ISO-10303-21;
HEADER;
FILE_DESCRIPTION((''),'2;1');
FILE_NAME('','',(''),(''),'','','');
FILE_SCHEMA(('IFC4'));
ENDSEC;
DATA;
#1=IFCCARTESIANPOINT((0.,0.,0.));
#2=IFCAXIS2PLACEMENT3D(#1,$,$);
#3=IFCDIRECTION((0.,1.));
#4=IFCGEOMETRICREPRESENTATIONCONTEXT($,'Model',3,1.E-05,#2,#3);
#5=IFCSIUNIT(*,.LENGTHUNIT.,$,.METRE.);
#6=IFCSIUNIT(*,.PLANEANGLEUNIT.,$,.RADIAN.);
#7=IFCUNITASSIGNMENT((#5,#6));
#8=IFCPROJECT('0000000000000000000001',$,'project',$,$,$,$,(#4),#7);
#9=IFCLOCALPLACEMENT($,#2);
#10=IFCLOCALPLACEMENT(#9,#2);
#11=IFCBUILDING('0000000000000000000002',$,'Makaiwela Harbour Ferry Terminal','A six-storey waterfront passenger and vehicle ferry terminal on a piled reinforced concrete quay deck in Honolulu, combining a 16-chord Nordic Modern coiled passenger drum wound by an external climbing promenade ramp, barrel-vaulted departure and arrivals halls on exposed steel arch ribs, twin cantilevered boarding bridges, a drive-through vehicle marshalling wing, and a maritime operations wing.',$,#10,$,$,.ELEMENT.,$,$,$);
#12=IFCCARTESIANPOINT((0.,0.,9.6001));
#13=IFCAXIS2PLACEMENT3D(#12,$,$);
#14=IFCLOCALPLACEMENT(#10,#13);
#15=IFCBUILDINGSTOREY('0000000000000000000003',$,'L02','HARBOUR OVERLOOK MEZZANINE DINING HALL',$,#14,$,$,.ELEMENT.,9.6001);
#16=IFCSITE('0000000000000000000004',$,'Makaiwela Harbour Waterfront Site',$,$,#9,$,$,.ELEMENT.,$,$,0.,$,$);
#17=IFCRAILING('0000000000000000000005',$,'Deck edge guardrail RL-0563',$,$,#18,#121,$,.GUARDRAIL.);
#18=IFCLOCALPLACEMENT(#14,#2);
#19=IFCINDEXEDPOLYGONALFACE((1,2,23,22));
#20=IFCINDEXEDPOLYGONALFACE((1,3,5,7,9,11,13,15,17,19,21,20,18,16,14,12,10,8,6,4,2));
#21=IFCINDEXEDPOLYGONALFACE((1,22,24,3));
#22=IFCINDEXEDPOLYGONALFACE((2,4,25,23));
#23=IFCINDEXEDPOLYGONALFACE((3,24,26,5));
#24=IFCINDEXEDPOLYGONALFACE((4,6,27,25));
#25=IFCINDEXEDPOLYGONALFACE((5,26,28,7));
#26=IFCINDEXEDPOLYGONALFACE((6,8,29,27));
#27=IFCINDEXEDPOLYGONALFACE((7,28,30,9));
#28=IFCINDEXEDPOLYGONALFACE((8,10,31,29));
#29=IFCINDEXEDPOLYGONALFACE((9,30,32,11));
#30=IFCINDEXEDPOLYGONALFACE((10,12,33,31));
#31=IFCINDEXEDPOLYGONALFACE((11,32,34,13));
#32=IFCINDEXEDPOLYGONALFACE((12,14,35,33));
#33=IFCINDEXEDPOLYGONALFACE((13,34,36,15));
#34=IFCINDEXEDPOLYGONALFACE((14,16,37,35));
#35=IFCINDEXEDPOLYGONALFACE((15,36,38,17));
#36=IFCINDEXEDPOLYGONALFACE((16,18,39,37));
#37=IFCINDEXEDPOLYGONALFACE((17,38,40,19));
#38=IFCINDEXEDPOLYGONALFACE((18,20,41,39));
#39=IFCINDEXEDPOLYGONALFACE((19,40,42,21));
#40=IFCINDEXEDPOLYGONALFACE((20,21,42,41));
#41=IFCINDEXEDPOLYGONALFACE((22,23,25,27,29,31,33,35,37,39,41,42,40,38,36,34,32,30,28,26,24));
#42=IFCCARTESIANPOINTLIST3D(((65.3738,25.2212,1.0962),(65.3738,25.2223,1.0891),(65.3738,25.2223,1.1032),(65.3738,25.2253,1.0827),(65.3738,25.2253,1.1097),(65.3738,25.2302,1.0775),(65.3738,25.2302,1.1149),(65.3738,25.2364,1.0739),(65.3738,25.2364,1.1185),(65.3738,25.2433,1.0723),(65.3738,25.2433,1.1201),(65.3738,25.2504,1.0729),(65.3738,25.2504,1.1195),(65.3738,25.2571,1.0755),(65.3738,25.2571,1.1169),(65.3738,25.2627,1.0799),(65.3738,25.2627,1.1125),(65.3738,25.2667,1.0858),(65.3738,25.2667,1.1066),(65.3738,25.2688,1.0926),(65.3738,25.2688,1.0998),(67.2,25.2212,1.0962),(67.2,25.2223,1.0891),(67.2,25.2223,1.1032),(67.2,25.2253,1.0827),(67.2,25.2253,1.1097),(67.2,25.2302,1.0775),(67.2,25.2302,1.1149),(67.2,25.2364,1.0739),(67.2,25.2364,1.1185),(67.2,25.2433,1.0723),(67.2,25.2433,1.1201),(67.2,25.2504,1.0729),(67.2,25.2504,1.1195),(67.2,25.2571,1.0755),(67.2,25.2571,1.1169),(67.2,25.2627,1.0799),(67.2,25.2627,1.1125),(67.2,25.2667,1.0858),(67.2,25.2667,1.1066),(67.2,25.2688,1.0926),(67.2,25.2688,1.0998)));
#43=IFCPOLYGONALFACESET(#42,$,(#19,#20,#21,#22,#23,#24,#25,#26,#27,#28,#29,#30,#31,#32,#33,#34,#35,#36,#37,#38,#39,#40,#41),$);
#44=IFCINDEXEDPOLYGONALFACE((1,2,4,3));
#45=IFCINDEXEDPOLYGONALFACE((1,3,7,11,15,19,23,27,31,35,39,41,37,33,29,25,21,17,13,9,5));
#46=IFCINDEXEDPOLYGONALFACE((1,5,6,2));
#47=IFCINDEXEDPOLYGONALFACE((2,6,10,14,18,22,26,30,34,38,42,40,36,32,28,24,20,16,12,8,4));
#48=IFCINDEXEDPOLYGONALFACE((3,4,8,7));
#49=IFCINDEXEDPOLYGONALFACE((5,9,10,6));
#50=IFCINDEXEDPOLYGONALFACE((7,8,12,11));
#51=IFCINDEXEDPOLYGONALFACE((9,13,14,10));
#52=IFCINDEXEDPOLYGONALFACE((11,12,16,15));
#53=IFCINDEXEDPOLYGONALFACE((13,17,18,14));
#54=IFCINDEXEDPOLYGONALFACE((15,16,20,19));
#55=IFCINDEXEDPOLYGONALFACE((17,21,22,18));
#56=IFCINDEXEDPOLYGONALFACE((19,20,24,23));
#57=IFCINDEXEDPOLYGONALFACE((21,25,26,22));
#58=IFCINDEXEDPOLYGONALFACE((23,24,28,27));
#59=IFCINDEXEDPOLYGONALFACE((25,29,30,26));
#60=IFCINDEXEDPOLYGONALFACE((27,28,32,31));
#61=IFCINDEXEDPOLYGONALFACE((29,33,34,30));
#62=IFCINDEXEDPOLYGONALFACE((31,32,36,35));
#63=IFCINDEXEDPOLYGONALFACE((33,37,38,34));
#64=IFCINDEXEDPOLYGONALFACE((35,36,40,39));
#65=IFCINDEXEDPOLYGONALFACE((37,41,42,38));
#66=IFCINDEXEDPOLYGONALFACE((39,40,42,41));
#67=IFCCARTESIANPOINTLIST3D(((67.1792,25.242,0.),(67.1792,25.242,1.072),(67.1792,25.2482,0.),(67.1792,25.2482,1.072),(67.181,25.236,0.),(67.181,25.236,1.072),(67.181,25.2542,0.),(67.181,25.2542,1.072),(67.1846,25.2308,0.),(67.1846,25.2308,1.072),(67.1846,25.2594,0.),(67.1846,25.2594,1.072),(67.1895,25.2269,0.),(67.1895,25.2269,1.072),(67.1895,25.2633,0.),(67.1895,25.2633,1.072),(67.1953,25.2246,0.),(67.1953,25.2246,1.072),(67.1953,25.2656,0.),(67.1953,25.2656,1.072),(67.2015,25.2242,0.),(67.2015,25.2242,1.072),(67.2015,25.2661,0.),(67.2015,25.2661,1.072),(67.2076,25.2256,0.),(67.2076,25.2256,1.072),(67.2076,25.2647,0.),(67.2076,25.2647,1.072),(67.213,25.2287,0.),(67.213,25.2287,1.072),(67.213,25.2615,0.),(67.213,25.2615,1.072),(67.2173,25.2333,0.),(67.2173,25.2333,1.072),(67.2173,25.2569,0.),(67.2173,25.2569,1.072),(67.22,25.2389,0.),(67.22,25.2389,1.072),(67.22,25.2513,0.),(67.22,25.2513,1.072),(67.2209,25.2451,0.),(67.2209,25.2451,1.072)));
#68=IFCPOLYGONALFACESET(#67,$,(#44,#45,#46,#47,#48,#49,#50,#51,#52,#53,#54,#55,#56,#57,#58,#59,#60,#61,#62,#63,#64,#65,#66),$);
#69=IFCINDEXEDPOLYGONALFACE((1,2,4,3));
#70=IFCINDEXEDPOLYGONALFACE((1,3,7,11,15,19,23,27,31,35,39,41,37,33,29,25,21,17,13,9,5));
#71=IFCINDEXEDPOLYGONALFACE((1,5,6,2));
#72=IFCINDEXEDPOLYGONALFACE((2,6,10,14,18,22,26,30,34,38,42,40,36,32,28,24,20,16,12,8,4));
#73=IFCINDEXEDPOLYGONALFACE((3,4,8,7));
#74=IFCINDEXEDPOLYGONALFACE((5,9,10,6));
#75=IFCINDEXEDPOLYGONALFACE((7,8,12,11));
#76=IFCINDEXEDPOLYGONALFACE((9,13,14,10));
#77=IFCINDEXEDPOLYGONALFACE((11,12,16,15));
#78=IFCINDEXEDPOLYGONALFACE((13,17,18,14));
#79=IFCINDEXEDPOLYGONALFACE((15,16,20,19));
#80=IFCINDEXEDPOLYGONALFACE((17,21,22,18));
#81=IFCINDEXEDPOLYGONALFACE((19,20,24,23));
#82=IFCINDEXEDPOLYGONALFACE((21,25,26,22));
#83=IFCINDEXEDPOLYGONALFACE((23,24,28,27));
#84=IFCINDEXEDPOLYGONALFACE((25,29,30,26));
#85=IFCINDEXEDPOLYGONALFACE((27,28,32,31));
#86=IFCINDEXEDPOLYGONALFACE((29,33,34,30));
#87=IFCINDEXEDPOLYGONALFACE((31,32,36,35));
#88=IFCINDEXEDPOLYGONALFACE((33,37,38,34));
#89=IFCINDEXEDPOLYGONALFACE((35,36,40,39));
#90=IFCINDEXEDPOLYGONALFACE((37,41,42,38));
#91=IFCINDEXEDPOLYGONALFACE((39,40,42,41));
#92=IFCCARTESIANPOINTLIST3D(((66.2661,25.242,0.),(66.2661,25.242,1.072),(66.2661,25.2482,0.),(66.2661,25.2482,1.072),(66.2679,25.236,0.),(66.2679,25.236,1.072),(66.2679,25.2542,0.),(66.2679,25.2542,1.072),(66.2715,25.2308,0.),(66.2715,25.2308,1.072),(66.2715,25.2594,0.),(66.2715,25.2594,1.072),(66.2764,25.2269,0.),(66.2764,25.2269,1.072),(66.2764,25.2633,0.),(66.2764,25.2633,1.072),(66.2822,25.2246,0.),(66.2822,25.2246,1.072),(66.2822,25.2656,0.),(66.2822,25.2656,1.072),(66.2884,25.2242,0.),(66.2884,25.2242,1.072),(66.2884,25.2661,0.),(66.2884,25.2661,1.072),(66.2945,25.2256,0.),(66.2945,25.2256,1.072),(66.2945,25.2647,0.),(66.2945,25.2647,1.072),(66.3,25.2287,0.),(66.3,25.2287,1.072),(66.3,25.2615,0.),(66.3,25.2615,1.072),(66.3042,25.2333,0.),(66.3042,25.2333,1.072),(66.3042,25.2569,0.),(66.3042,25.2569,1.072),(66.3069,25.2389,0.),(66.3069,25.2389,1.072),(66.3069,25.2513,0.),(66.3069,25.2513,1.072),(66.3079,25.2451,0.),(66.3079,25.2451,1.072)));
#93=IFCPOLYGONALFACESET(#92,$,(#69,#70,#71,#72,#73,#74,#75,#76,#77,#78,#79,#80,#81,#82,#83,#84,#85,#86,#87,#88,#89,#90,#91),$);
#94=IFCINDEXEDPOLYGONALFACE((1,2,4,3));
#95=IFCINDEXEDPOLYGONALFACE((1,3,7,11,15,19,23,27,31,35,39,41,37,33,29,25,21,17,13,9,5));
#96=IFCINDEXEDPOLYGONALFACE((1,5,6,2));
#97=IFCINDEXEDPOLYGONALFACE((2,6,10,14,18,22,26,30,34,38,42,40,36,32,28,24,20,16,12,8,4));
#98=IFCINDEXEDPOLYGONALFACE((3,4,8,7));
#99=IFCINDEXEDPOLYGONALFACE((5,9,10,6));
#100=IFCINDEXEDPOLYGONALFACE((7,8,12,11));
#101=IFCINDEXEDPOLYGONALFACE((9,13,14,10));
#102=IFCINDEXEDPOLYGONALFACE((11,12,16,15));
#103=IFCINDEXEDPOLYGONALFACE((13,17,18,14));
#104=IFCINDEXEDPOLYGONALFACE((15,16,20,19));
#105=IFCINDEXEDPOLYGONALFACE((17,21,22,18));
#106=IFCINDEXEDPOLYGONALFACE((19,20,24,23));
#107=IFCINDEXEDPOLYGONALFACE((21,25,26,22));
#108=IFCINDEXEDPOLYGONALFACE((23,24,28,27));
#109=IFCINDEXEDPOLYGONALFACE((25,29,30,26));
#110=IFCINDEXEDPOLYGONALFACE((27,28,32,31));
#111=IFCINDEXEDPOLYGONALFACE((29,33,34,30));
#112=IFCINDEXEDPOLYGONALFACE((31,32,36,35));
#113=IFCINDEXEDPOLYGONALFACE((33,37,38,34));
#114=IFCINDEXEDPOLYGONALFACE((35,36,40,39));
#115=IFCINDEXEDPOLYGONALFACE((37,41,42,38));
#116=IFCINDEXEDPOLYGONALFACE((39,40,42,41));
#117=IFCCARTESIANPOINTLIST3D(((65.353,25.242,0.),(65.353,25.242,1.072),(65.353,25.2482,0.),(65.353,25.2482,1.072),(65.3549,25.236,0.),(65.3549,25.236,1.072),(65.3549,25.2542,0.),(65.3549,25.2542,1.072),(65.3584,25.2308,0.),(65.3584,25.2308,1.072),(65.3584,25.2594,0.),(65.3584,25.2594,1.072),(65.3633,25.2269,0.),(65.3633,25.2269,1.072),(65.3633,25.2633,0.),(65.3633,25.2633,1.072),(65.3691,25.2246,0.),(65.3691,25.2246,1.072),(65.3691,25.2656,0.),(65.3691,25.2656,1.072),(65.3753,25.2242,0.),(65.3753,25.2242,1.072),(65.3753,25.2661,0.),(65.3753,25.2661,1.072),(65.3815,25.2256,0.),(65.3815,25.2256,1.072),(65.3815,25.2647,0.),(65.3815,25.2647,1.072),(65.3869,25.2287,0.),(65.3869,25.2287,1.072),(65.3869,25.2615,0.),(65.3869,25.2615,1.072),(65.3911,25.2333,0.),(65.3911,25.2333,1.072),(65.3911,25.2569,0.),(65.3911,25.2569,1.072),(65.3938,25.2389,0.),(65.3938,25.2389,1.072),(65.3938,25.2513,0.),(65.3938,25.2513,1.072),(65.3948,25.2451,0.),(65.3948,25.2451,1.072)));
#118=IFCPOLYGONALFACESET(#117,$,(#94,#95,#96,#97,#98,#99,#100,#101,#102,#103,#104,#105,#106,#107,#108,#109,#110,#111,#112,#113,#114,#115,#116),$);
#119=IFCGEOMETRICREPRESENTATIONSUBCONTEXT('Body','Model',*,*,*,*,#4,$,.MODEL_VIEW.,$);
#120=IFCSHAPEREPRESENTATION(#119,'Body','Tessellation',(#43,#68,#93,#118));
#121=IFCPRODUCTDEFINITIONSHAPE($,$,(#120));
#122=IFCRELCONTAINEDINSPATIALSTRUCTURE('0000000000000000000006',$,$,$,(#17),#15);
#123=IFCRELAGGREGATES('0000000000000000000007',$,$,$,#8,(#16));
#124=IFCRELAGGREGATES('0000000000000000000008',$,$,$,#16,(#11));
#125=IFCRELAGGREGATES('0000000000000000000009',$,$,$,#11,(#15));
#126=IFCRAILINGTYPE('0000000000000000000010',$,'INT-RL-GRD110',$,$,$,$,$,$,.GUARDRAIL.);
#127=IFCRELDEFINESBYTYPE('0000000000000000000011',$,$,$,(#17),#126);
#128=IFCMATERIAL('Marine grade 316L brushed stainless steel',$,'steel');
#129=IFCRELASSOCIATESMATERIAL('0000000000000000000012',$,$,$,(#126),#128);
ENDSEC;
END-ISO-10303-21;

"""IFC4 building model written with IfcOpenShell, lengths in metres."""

from ifc_helpers import new_model, si_unit, direction, frame, origin, origin_2d, place, context, subcontext, project, spatial, circle, extrude, material, type_object, element, save


model = new_model("IFC4")

# Units and contexts
model_context = context("Model", 3, precision=1e-05, world=origin(), true_north=direction((0.0, 1.0)))
body_context = subcontext(model_context, "Body", "Model", "MODEL_VIEW")
ifc_project = project(units=[si_unit("LENGTHUNIT", "METRE"), si_unit("PLANEANGLEUNIT", "RADIAN")], contexts=[model_context])

# Site, building, storey
site_placement = place(None, origin())
site = spatial("IfcSite", under=ifc_project, at=site_placement, Name="Makaiwela Harbour Waterfront Site", CompositionType="ELEMENT", RefElevation=0.0)
building_placement = place(site_placement, origin())
building = spatial("IfcBuilding", under=site, at=building_placement, Name="Makaiwela Harbour Ferry Terminal", Description="A six-storey waterfront passenger and vehicle ferry terminal on a piled reinforced concrete quay deck in Honolulu, combining a 16-chord Nordic Modern coiled passenger drum wound by an external climbing promenade ramp, barrel-vaulted departure and arrivals halls on exposed steel arch ribs, twin cantilevered boarding bridges, a drive-through vehicle marshalling wing, and a maritime operations wing.", CompositionType="ELEMENT")
storey_placement = place(building_placement, frame((0.0, 0.0, 9.6001)))
storey = spatial("IfcBuildingStorey", under=building, at=storey_placement, Name="L02", Description="HARBOUR OVERLOOK MEZZANINE DINING HALL", CompositionType="ELEMENT", Elevation=9.6001)

# Railing
ifc_material_1 = material(Name="Marine grade 316L brushed stainless steel", Category="steel")
railing_type = type_object("IfcRailingType", Name="INT-RL-GRD110", PredefinedType="GUARDRAIL", material=ifc_material_1)
for number, where, name in (
    (1, (67.2, 25.2451, 0.0), "Deck edge guardrail RL-0563"),
):
    element("IfcRailing", number, at=place(storey_placement, frame(where)), inside=storey, type_object=railing_type, Name=name, PredefinedType="GUARDRAIL", context=body_context, shape_type="SweptSolid", body=[
        extrude(circle(Radius=0.0239, at=origin_2d()), frame((0.0, 0.0, 1.0962), z_axis=(-1.0, 0.0, 0.0), x_axis=(0.0, -1.0, 0.0)), (0.0, 0.0, 1.0), 1.8262),
        extrude(circle(Radius=0.021, at=origin_2d()), origin(), (0.0, 0.0, 1.0), 1.072),
        extrude(circle(Radius=0.021, at=origin_2d()), frame((-0.9131, 0.0, 0.0)), (0.0, 0.0, 1.0), 1.072),
        extrude(circle(Radius=0.021, at=origin_2d()), frame((-1.8262, 0.0, 0.0)), (0.0, 0.0, 1.0), 1.072),
    ])

save(model, "model.ifc")
